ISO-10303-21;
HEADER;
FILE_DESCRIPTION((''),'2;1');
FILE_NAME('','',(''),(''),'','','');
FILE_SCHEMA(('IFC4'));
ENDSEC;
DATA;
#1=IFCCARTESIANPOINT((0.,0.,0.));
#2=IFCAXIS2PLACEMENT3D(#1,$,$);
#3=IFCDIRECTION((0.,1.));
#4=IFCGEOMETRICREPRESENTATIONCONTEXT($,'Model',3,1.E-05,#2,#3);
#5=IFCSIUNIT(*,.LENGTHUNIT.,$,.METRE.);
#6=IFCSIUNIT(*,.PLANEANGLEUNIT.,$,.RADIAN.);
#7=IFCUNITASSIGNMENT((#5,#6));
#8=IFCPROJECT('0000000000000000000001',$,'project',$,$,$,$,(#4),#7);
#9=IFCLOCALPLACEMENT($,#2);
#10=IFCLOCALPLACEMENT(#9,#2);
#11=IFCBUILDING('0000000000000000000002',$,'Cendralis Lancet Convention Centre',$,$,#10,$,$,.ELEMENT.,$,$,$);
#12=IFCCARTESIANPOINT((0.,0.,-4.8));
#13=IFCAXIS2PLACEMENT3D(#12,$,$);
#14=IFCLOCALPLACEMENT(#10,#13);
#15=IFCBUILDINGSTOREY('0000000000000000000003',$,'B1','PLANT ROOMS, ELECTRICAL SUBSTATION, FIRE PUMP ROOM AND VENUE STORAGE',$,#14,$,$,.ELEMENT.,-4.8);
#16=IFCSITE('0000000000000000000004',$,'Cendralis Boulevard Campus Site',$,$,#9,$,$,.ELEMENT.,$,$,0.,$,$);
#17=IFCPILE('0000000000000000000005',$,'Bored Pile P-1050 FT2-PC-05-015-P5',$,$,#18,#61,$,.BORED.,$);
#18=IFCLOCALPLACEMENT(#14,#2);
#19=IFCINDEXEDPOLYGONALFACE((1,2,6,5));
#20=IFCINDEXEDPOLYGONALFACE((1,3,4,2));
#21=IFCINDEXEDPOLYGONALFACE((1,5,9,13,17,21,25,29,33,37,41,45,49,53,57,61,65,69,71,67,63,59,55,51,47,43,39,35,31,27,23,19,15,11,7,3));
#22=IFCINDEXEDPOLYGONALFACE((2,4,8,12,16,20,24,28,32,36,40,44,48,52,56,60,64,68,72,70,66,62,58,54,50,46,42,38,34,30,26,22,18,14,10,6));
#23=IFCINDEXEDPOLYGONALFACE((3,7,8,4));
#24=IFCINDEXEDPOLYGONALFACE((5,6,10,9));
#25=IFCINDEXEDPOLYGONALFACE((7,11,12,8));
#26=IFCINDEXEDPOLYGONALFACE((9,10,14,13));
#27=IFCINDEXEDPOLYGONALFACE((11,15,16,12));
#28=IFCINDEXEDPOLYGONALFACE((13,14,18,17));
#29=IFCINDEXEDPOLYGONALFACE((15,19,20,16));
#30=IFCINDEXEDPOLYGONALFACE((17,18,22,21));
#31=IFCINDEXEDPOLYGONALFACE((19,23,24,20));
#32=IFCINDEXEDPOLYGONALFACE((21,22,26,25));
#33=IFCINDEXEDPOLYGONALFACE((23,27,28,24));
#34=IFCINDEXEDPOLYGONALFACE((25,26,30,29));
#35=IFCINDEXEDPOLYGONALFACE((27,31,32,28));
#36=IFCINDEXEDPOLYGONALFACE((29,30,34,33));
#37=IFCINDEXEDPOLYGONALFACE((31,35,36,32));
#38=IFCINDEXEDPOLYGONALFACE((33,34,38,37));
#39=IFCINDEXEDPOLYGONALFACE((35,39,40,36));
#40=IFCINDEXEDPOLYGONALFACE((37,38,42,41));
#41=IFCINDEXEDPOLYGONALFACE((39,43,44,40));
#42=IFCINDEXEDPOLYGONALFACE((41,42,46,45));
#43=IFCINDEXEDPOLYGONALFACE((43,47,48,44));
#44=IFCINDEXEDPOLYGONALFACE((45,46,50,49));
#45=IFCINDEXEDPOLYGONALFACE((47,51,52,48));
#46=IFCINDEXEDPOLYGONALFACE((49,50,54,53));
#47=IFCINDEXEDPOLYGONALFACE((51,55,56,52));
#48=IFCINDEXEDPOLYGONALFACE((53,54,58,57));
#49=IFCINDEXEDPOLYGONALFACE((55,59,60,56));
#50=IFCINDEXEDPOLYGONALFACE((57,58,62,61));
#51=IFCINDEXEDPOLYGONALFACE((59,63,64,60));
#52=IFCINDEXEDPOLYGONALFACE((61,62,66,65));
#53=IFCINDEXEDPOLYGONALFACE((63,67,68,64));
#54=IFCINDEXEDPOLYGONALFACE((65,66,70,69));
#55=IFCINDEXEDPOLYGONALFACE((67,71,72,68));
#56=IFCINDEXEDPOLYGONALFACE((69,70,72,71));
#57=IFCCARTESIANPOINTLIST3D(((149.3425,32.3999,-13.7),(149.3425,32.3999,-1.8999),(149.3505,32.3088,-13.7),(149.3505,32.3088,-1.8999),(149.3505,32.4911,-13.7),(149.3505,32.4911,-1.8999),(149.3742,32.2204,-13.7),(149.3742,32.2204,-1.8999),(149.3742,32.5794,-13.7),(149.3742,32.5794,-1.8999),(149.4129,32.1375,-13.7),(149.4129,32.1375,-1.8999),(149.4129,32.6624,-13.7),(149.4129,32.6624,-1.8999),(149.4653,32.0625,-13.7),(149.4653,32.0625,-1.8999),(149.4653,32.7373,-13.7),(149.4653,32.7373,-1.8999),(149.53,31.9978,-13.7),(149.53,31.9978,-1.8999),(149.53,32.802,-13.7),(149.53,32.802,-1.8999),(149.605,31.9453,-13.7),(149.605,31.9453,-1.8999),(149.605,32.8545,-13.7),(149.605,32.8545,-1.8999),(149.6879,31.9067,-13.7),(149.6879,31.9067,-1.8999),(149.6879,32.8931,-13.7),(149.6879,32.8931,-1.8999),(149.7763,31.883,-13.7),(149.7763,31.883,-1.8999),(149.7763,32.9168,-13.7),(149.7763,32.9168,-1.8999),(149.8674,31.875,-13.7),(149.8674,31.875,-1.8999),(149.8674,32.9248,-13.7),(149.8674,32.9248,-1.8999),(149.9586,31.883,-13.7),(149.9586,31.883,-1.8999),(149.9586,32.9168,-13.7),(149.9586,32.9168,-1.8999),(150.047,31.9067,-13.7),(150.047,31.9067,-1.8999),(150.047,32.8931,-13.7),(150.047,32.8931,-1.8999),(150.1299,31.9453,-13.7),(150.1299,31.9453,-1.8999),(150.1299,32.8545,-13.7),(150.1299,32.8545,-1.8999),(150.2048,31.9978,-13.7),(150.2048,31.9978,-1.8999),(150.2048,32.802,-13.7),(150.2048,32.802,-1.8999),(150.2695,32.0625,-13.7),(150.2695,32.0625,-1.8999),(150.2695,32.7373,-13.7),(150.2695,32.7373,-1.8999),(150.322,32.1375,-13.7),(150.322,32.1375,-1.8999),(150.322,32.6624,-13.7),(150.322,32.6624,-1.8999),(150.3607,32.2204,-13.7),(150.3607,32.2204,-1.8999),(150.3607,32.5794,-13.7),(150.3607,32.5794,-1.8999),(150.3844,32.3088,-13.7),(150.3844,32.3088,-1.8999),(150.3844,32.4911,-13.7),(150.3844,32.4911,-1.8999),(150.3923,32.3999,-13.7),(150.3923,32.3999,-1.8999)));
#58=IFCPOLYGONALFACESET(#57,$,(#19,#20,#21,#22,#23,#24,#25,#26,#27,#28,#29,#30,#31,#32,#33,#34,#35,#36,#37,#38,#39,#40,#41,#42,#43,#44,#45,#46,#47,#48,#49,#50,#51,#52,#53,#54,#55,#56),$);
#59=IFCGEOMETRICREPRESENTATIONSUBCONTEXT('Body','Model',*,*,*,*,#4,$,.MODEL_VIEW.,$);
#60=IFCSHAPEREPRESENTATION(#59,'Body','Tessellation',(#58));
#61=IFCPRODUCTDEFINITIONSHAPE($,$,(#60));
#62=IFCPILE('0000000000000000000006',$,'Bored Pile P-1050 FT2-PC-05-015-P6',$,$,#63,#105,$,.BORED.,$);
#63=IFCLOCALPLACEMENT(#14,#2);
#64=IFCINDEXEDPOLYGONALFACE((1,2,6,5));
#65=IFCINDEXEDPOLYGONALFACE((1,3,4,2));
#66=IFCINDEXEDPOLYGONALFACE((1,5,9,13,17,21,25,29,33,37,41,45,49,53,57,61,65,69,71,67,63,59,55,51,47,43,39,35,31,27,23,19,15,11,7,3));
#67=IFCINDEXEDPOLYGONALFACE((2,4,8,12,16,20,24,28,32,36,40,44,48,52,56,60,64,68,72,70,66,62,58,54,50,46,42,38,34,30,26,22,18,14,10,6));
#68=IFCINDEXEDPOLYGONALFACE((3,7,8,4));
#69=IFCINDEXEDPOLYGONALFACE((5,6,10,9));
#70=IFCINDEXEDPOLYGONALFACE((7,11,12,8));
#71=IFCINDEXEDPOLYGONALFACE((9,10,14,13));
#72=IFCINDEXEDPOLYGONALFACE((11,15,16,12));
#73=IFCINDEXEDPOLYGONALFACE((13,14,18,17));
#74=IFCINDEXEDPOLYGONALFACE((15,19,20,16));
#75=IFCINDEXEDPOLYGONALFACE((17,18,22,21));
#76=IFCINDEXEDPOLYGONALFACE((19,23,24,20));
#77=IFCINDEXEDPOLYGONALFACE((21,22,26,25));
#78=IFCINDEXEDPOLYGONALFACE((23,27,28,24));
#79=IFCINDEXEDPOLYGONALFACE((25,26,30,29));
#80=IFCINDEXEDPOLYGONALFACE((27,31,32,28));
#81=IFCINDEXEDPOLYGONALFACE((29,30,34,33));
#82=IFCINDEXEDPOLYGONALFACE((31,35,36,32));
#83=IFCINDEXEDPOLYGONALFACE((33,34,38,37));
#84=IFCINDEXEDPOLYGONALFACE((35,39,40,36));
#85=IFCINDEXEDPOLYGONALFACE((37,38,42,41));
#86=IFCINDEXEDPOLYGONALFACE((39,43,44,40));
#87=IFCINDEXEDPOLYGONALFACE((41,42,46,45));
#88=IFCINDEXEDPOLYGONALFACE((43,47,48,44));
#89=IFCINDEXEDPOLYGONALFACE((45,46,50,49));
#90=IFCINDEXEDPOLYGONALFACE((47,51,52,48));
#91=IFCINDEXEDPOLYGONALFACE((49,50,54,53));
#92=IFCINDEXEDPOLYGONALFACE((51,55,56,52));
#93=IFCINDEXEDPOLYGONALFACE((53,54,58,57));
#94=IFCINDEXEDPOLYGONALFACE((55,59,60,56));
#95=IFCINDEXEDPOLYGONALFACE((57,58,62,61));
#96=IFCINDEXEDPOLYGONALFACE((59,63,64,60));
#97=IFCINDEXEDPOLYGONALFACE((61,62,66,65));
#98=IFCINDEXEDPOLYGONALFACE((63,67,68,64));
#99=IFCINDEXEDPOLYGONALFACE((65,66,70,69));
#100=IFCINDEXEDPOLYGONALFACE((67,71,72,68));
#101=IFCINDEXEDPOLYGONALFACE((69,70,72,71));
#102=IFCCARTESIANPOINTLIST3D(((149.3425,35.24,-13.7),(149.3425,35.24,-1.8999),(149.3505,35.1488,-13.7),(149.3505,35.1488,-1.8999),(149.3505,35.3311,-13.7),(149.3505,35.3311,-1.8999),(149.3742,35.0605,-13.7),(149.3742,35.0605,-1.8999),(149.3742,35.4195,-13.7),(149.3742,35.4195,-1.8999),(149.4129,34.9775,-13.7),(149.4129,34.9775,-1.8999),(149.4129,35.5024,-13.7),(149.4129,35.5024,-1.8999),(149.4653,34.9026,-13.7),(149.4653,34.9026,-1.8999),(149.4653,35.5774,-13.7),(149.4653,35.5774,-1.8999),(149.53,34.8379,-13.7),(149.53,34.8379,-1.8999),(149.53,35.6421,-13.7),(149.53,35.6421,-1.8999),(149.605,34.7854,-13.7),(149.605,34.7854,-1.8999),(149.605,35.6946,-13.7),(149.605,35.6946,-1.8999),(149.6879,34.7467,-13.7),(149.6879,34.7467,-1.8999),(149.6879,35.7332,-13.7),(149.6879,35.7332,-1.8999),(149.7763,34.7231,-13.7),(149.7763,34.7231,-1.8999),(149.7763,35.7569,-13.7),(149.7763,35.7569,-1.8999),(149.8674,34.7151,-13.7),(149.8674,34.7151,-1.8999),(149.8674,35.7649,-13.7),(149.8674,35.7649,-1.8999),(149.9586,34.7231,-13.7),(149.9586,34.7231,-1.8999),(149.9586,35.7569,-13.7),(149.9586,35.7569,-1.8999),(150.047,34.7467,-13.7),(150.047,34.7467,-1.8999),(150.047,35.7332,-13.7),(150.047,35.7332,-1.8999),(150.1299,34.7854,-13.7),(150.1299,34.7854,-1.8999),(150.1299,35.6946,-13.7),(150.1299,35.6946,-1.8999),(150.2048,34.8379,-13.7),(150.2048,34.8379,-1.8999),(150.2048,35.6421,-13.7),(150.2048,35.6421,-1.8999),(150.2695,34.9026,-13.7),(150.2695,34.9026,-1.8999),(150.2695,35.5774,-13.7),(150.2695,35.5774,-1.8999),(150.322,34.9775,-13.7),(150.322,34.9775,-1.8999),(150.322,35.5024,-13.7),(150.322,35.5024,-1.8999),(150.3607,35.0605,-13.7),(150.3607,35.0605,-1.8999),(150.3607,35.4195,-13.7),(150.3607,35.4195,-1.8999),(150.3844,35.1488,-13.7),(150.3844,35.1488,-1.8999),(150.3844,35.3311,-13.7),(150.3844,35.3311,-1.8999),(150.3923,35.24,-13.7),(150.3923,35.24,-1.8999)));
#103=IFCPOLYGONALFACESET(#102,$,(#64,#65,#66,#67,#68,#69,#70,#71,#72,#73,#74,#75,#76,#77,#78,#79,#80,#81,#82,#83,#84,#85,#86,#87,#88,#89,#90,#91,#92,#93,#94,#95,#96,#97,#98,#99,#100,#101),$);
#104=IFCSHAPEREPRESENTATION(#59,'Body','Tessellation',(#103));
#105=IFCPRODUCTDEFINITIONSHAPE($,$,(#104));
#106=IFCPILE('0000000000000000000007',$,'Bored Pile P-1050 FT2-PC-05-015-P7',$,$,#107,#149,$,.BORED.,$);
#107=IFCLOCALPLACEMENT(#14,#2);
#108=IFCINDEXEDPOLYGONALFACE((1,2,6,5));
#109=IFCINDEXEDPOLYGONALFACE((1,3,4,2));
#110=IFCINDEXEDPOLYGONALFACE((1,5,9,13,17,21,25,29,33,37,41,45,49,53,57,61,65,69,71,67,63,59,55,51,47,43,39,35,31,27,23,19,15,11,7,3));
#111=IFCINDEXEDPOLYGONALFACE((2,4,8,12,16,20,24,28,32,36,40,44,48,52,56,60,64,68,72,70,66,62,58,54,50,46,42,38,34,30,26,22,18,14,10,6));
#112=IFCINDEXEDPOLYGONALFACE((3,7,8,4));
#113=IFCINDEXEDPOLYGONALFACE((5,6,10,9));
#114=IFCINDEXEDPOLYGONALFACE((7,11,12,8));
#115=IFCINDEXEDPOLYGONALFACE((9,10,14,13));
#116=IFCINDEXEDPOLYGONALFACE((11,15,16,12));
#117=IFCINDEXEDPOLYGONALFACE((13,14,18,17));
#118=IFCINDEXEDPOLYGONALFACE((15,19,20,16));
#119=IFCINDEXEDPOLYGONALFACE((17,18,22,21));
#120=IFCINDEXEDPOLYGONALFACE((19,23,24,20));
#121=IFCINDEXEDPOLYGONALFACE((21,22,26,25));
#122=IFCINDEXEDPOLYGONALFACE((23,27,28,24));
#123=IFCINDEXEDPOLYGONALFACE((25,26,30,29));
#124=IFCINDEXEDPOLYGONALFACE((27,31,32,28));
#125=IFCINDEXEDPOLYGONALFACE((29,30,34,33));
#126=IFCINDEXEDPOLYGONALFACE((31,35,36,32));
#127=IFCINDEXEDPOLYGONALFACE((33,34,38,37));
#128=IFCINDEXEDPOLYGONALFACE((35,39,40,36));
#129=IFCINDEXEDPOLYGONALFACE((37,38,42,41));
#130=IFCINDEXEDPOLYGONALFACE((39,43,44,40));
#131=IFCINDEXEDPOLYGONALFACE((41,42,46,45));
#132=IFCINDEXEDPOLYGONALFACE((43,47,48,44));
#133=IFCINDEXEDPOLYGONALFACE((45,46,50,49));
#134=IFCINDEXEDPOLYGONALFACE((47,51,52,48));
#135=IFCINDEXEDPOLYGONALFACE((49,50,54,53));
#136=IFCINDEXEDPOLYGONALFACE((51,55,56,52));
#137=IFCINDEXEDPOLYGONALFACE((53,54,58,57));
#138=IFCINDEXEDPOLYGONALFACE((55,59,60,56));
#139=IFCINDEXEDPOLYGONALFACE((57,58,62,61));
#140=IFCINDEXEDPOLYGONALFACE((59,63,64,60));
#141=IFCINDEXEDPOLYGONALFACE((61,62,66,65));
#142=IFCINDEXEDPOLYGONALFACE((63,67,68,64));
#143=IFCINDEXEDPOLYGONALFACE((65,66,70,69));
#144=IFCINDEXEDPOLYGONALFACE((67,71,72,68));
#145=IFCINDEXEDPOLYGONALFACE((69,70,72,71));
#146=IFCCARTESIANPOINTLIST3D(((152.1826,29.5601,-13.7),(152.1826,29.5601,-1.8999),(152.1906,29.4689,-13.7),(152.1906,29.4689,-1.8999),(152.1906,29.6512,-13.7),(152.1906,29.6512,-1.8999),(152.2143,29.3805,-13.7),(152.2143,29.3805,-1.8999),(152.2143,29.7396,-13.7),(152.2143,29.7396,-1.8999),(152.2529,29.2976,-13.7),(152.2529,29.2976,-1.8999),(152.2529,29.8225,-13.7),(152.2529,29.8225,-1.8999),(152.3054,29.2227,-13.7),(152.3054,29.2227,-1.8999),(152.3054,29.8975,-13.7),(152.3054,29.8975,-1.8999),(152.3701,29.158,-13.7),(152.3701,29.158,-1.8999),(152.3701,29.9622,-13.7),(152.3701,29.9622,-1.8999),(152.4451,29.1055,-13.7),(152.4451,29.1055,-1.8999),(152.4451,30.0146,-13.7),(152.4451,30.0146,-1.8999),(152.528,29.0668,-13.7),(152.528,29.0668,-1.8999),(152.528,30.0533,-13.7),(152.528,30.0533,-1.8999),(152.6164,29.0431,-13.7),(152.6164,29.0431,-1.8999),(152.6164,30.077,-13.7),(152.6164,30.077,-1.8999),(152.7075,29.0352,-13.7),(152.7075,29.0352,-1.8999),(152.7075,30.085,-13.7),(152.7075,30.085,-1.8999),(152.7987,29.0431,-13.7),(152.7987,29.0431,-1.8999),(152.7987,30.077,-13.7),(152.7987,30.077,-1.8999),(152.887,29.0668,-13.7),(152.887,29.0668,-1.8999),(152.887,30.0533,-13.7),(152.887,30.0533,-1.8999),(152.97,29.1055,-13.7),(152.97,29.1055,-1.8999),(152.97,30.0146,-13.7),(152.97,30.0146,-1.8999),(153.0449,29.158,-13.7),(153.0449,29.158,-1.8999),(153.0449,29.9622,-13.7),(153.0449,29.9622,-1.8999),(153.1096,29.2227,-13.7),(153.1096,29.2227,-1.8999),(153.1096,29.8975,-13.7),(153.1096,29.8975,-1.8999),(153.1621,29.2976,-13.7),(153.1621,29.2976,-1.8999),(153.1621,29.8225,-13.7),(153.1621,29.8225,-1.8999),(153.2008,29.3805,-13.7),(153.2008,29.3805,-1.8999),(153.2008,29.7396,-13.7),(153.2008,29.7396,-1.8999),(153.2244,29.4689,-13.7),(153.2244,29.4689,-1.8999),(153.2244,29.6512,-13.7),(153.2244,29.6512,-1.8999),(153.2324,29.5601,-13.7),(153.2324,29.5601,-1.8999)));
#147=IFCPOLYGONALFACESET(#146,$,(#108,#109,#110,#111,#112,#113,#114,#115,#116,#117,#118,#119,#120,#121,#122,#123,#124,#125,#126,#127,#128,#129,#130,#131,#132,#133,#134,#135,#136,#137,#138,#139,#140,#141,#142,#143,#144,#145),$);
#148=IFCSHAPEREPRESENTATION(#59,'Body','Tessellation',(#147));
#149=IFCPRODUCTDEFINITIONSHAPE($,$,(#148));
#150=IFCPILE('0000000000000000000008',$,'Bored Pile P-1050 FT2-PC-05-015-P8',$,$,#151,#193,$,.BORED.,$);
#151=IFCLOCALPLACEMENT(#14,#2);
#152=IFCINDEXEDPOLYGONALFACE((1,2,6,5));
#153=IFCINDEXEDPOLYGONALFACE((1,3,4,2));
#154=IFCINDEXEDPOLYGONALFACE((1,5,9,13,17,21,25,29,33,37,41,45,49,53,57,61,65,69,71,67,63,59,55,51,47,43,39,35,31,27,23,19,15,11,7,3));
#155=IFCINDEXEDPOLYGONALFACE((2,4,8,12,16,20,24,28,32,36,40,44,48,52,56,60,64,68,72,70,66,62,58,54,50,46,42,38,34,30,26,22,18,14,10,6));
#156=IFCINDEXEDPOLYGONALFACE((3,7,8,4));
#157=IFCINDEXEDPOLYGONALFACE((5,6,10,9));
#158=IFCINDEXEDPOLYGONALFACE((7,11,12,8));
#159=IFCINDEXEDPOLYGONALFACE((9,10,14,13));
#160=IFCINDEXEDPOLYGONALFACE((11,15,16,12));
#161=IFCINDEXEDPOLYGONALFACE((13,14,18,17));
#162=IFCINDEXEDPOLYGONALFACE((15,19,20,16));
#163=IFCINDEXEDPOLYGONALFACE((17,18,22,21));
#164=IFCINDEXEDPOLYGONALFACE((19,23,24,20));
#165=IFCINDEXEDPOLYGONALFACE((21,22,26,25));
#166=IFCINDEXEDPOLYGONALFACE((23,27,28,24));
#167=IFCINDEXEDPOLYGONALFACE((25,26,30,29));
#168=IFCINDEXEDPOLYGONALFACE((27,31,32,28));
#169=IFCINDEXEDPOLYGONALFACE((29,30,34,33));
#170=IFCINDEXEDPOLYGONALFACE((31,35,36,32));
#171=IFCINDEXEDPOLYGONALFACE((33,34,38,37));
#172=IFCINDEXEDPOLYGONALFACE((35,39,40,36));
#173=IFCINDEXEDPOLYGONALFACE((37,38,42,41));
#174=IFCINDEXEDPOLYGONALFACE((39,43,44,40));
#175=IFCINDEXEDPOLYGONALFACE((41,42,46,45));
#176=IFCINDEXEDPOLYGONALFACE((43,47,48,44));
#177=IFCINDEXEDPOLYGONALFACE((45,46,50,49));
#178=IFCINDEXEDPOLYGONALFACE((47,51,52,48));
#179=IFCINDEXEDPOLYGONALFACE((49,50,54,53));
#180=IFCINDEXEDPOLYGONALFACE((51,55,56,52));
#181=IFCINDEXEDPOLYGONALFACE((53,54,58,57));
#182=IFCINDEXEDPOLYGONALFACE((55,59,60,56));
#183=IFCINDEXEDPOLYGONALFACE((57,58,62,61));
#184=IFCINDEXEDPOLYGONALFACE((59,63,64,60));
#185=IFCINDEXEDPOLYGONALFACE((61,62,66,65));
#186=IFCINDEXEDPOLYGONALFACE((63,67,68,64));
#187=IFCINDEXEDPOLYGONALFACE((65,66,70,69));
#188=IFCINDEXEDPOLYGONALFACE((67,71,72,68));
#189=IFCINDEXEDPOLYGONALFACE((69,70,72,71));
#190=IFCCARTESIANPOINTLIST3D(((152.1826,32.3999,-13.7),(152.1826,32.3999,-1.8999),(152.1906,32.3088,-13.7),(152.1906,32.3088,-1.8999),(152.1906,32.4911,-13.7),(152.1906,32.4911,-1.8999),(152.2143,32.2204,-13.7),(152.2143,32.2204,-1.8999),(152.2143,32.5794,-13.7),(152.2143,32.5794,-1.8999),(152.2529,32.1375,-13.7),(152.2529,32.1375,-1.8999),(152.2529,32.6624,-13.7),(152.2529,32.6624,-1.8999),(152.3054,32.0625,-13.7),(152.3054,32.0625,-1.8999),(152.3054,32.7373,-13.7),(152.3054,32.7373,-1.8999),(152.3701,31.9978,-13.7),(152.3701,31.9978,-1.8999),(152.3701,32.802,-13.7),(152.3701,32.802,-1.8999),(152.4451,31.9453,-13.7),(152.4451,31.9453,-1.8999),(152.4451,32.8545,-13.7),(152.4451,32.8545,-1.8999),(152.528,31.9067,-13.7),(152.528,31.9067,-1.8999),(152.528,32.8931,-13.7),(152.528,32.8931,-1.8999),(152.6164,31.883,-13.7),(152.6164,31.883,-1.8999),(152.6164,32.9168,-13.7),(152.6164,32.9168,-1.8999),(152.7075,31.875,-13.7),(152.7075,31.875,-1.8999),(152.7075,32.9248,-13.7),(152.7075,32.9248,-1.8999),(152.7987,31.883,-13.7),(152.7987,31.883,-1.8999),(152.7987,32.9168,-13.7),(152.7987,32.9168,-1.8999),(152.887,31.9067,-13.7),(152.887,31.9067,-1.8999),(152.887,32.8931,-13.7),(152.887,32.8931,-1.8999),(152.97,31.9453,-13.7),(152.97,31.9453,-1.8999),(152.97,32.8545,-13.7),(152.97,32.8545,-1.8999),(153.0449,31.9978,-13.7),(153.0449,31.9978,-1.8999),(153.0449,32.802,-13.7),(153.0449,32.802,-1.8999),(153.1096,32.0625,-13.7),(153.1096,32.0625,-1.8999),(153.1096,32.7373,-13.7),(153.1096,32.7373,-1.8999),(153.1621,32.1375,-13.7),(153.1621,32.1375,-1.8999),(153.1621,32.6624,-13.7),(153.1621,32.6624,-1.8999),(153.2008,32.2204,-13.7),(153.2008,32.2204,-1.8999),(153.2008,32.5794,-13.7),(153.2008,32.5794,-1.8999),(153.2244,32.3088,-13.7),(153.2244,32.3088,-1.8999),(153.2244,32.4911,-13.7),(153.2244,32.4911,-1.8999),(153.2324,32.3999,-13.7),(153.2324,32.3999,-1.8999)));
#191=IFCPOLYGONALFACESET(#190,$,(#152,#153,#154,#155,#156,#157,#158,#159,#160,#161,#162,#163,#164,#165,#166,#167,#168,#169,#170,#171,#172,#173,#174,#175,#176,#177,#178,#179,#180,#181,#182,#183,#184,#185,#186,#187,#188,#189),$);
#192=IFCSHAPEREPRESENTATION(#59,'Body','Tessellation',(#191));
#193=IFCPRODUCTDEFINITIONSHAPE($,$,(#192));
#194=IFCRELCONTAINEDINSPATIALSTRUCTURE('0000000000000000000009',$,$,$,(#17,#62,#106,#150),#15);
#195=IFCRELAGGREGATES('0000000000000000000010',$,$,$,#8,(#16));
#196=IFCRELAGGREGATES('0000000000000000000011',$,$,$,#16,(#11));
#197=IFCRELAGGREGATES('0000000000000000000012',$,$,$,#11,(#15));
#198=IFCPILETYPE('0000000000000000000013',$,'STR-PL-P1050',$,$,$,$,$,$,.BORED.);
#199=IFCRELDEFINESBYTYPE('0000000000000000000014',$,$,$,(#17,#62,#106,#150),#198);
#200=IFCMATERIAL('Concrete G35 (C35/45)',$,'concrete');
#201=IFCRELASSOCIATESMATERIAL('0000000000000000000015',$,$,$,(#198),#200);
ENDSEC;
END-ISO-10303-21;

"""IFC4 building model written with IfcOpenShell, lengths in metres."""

from ifc_helpers import new_model, si_unit, direction, frame, origin, origin_2d, place, context, subcontext, project, spatial, circle, extrude, material, material_profile, profile_set, type_object, element, save


model = new_model("IFC4")

# Units and contexts
model_context = context("Model", 3, precision=1e-05, world=origin(), true_north=direction((0.0, 1.0)))
body_context = subcontext(model_context, "Body", "Model", "MODEL_VIEW")
ifc_project = project(units=[si_unit("LENGTHUNIT", "METRE"), si_unit("PLANEANGLEUNIT", "RADIAN")], contexts=[model_context])

# Site, building, storey
site_placement = place(None, origin())
site = spatial("IfcSite", under=ifc_project, at=site_placement, Name="Cendralis Boulevard Campus Site", CompositionType="ELEMENT", RefElevation=0.0)
building_placement = place(site_placement, origin())
building = spatial("IfcBuilding", under=site, at=building_placement, Name="Cendralis Lancet Convention Centre", CompositionType="ELEMENT")
storey_placement = place(building_placement, frame((0.0, 0.0, -4.8)))
storey = spatial("IfcBuildingStorey", under=building, at=storey_placement, Name="B1", Description="PLANT ROOMS, ELECTRICAL SUBSTATION, FIRE PUMP ROOM AND VENUE STORAGE", CompositionType="ELEMENT", Elevation=-4.8)

# Shared definitions
ifc_material_1 = material(Name="Concrete G35 (C35/45)", Category="concrete")

# Piles
ifc_material_profile_1 = material_profile(ifc_material_1, circle(Radius=0.5249, at=origin_2d()), Name="BORED PILE D1050")
ifc_profile_set_1 = profile_set([ifc_material_profile_1], Name="Concrete G35 (C35/45)")
pile_type = type_object("IfcPileType", Name="STR-PL-P1050", PredefinedType="BORED", material=ifc_profile_set_1)
for number, where, z_axis, x_axis, name in (
    (1, (149.8674, 32.3999, -1.8999), (0.0, 0.0, -1.0), (1.0, 0.0, 0.0), "Bored Pile P-1050 FT2-PC-05-015-P5"),
    (2, (149.8674, 35.24, -1.8999), (0.0, 0.0, -1.0), (1.0, 0.0, 0.0), "Bored Pile P-1050 FT2-PC-05-015-P6"),
    (3, (152.7075, 29.5601, -1.8999), (0.0, 0.0, -1.0), (1.0, 0.0, 0.0), "Bored Pile P-1050 FT2-PC-05-015-P7"),
    (4, (152.7075, 32.3999, -1.8999), (0.0, 0.0, -1.0), (1.0, 0.0, 0.0), "Bored Pile P-1050 FT2-PC-05-015-P8"),
):
    element("IfcPile", number, at=place(storey_placement, frame(where, z_axis=z_axis, x_axis=x_axis)), inside=storey, type_object=pile_type, Name=name, PredefinedType="BORED", context=body_context, shape_type="SweptSolid", body=[
        extrude(circle(Radius=0.5249, at=origin_2d()), origin(), (0.0, 0.0, 1.0), 11.8),
    ])

save(model, "model.ifc")
